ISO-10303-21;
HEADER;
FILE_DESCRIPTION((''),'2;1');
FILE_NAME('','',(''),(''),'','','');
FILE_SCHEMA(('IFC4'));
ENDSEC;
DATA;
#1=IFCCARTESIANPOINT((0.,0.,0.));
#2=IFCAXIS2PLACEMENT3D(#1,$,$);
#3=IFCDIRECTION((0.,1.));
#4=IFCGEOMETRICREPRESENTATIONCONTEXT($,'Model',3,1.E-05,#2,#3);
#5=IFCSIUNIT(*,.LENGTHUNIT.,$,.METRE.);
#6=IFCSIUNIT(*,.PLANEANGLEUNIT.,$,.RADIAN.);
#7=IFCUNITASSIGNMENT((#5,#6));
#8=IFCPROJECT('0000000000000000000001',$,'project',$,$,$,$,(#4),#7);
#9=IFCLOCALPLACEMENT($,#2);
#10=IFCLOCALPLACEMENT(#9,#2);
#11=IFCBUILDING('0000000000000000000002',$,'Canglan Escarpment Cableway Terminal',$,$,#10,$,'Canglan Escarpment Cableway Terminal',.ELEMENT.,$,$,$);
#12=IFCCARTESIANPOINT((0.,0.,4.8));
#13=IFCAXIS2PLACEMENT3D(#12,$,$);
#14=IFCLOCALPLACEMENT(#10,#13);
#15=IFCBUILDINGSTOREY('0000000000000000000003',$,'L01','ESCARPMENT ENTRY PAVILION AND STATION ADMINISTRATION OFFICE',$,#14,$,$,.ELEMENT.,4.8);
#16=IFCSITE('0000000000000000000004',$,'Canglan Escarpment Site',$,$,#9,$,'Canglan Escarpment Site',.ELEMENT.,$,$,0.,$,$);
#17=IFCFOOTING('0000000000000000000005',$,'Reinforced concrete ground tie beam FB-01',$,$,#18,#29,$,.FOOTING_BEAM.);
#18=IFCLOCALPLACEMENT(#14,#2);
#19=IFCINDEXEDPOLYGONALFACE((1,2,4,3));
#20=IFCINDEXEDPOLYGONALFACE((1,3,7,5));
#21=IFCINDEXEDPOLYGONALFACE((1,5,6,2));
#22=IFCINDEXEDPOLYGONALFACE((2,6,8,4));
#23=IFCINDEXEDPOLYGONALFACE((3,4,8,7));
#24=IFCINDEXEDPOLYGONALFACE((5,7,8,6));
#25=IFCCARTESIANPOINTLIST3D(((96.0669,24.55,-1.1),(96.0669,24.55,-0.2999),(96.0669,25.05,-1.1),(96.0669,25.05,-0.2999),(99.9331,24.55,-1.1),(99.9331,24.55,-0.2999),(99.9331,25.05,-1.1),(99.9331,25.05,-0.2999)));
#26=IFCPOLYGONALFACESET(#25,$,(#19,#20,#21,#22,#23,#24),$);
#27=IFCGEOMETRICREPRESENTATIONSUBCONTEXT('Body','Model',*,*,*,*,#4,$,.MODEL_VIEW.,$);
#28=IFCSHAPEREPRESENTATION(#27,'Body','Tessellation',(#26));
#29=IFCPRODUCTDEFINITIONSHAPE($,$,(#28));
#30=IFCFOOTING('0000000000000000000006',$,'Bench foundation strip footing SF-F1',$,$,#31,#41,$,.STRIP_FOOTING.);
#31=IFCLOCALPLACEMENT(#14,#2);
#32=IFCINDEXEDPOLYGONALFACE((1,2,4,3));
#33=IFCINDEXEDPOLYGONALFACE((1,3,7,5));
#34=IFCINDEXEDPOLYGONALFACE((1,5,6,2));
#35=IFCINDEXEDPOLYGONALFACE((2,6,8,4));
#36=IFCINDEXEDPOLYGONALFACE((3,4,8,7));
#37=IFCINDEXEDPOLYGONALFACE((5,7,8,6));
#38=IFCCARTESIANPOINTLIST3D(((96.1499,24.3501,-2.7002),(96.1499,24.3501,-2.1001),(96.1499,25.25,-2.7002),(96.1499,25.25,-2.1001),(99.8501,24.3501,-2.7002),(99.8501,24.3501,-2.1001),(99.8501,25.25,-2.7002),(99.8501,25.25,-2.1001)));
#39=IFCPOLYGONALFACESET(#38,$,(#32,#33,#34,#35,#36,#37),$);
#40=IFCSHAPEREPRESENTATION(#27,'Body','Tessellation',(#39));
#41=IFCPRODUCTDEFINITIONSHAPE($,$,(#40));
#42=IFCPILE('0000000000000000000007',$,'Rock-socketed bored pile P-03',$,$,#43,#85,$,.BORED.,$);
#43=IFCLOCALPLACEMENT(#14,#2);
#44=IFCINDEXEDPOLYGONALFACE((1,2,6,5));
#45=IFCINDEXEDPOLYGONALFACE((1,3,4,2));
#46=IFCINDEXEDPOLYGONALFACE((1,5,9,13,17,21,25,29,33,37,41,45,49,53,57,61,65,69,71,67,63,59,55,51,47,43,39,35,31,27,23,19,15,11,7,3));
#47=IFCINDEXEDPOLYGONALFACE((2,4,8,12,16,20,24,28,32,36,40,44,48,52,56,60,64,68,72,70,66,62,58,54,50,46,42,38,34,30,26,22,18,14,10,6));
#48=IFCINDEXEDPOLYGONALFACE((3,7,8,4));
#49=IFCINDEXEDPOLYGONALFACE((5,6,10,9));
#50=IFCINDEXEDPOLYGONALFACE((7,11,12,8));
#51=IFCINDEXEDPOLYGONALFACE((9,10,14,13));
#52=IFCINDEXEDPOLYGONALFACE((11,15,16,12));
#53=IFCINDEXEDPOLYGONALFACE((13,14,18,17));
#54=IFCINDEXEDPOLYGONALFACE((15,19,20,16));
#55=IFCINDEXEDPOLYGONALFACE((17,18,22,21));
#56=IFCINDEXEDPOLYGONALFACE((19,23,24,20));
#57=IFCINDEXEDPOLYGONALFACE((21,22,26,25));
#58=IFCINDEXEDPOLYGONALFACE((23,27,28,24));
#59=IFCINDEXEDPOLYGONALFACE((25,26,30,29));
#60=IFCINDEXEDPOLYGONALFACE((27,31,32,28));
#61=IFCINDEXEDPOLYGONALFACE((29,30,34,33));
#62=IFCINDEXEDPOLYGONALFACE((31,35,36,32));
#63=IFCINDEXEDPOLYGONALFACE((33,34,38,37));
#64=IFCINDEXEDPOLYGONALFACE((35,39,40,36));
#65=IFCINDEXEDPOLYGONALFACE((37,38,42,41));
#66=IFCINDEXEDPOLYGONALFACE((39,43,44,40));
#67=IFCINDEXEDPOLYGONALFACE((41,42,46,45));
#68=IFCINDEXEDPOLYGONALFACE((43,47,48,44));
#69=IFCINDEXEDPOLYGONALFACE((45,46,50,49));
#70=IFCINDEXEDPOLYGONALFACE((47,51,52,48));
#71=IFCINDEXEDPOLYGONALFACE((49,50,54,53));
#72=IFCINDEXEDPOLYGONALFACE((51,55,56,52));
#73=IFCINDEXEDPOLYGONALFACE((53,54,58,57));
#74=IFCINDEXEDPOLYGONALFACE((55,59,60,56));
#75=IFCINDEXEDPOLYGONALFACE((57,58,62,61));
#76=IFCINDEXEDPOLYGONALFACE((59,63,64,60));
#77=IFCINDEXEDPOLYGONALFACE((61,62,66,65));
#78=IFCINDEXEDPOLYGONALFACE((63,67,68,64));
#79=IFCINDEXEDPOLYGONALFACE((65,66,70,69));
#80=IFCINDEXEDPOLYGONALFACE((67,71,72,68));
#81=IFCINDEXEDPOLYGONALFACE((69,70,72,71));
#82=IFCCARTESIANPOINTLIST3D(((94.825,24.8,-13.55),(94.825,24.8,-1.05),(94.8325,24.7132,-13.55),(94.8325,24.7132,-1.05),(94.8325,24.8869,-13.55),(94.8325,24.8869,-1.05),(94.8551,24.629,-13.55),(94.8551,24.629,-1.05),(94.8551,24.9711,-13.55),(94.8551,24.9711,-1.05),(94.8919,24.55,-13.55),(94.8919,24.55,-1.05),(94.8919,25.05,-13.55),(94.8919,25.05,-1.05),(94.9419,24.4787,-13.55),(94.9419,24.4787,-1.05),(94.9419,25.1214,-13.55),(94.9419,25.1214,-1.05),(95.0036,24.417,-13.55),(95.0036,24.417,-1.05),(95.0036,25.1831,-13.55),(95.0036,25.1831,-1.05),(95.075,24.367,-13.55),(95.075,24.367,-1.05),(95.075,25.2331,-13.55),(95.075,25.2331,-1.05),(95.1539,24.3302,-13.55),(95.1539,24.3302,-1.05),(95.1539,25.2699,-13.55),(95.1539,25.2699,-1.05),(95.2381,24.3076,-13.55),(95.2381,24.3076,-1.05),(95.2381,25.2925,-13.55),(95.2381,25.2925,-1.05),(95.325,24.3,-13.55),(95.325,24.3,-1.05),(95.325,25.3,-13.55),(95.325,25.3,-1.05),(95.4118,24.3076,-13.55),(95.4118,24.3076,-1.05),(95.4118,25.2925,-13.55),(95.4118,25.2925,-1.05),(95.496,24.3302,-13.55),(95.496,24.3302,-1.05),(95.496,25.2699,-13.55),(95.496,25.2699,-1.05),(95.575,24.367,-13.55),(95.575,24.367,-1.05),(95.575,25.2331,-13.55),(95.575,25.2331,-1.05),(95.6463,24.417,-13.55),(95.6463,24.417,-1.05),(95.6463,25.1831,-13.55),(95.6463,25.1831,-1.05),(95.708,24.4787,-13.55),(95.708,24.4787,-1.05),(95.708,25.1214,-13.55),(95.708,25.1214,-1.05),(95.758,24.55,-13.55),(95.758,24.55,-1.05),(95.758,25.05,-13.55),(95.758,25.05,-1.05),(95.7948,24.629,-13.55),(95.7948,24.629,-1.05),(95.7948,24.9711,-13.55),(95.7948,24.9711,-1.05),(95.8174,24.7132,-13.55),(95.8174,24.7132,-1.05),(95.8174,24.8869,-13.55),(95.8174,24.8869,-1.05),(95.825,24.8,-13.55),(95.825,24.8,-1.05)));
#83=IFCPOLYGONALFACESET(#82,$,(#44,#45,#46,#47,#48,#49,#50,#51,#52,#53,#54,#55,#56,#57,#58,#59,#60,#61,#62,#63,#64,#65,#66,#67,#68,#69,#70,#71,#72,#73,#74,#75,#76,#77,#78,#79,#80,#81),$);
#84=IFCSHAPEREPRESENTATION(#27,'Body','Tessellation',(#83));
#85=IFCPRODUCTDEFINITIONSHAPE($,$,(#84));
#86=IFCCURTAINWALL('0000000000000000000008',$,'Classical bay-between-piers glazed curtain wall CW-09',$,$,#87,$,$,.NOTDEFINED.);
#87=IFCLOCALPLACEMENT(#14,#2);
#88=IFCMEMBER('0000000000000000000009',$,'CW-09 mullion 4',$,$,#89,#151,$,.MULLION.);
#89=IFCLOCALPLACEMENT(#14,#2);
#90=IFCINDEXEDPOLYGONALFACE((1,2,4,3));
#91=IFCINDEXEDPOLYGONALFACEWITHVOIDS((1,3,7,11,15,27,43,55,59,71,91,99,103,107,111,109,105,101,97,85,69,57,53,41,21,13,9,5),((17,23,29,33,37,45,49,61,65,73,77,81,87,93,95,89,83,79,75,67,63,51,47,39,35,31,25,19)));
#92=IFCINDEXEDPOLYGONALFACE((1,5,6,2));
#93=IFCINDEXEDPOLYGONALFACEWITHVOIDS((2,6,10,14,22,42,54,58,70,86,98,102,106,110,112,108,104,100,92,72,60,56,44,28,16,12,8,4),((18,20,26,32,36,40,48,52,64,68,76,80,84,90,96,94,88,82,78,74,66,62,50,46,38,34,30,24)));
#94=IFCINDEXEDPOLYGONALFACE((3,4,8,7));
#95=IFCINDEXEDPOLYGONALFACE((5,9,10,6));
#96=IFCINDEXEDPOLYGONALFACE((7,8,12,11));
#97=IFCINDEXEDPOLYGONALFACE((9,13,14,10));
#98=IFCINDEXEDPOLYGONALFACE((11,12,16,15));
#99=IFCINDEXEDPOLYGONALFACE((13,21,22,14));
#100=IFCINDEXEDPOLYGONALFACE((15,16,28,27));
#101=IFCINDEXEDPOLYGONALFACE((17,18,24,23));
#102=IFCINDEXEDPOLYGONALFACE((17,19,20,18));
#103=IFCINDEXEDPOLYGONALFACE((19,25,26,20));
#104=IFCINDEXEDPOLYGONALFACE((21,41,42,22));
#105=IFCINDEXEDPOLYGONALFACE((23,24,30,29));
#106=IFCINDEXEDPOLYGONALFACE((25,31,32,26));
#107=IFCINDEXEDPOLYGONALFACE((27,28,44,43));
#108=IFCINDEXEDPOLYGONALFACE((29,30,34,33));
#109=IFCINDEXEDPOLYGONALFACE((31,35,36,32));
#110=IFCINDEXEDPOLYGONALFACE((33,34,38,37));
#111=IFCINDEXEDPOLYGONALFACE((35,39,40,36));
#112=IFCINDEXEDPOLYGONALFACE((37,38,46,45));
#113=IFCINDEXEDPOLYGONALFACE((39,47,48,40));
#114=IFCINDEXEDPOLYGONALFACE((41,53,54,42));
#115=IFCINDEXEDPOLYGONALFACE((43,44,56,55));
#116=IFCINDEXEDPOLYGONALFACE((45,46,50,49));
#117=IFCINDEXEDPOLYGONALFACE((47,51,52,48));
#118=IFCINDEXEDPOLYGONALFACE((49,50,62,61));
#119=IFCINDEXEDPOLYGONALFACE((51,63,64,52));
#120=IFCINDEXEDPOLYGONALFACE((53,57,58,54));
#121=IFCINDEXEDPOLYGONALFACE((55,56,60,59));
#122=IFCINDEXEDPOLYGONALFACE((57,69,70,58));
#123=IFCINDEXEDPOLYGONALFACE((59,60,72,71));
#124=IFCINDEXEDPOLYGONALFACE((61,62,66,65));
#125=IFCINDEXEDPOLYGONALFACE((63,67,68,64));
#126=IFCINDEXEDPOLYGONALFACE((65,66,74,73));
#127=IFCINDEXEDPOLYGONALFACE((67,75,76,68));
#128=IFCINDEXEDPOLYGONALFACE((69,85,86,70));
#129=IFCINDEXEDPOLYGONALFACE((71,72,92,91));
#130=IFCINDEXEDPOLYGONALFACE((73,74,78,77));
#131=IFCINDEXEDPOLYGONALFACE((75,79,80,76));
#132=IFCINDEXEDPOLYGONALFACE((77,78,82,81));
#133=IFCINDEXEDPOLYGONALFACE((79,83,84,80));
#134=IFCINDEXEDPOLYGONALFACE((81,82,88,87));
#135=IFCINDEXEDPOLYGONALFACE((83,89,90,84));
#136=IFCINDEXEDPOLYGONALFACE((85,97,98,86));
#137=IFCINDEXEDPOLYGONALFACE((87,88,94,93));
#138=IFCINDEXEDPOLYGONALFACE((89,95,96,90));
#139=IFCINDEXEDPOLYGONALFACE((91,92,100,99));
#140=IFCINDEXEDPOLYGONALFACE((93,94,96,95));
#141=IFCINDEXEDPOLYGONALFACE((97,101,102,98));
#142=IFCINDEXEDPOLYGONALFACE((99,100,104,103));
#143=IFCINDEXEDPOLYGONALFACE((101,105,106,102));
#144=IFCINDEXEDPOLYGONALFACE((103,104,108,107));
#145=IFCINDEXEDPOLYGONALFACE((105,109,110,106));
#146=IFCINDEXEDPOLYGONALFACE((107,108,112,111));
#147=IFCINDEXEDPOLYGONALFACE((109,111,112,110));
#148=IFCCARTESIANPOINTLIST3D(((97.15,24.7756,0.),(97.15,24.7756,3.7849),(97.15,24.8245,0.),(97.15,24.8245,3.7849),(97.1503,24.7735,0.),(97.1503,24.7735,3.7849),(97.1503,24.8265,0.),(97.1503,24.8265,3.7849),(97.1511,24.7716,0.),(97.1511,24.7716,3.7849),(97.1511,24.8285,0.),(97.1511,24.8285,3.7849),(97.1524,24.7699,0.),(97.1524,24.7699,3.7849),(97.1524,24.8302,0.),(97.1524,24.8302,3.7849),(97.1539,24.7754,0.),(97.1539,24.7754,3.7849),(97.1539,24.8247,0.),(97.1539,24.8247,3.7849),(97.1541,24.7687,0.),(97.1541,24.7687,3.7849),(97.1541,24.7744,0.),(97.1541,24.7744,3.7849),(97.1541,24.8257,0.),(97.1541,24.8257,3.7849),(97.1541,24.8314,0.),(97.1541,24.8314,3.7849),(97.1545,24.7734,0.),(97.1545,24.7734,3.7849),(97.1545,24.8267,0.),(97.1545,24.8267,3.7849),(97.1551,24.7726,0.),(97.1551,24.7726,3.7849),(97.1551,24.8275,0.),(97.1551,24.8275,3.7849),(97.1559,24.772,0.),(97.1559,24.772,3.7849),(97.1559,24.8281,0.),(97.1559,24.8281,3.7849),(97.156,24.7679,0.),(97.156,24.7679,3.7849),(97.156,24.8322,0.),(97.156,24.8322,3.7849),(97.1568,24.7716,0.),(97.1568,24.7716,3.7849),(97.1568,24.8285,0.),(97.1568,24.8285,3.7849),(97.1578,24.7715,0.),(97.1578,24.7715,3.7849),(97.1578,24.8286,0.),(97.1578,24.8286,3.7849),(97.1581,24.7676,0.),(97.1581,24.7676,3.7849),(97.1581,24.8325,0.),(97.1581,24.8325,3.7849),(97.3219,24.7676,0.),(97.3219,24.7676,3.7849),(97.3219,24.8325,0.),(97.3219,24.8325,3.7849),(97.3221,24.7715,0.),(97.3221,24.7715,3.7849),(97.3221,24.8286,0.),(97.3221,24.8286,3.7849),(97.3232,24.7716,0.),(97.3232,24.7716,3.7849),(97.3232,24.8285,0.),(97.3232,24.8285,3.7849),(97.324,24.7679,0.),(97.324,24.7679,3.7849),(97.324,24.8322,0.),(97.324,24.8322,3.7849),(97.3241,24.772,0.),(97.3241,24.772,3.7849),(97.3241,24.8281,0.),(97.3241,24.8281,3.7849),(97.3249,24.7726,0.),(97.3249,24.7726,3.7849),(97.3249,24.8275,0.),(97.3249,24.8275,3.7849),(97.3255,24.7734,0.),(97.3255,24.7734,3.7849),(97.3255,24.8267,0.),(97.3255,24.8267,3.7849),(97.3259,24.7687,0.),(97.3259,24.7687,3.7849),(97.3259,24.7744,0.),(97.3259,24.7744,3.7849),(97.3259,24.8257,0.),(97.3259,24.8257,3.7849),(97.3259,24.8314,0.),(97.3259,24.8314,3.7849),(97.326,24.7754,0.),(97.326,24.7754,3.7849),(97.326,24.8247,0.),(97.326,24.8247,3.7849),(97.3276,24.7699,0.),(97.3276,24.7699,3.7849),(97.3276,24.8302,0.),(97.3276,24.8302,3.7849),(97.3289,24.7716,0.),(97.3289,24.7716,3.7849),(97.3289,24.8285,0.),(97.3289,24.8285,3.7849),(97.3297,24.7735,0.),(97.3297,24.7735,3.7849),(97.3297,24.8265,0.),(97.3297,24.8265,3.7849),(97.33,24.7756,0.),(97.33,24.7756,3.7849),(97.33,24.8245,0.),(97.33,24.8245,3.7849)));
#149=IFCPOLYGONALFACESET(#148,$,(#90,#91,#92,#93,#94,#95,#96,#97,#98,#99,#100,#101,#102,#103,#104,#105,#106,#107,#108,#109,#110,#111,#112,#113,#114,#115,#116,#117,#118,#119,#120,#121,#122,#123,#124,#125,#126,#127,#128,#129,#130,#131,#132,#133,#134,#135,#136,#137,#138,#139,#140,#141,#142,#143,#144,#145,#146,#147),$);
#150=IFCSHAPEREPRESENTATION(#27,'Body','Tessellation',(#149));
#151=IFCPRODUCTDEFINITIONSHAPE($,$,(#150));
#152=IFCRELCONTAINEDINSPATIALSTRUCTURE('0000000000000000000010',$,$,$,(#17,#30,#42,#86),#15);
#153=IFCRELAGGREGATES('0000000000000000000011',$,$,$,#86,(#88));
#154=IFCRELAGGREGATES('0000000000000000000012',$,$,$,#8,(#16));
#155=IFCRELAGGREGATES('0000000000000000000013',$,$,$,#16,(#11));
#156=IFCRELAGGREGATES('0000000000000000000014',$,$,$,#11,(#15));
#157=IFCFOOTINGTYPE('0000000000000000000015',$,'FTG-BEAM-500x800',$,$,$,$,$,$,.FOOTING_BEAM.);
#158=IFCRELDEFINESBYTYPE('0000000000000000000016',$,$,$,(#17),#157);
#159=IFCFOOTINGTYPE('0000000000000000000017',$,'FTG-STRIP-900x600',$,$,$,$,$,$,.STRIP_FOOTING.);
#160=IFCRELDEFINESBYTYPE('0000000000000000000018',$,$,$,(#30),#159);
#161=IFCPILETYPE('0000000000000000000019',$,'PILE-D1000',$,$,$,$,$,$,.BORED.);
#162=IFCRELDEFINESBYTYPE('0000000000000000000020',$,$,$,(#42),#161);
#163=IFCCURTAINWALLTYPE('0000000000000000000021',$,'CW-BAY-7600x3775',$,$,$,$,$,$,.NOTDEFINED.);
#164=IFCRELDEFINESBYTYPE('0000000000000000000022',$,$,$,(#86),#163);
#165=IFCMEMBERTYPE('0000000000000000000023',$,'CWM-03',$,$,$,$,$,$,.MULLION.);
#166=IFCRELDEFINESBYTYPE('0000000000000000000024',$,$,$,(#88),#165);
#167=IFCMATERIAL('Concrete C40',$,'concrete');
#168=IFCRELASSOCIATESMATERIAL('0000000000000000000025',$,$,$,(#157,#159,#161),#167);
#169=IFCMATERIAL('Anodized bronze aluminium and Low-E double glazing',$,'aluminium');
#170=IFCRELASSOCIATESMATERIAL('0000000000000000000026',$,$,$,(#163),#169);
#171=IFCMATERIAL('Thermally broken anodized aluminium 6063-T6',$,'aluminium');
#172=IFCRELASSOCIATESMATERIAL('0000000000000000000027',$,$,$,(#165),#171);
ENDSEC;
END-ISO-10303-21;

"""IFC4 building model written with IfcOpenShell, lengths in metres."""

from ifc_helpers import new_model, si_unit, direction, frame, origin, origin_2d, place, context, subcontext, project, spatial, rectangle, hollow_rectangle, circle, extrude, material, material_profile, profile_set, type_object, element, aggregate, save


model = new_model("IFC4")

# Units and contexts
model_context = context("Model", 3, precision=1e-05, world=origin(), true_north=direction((0.0, 1.0)))
body_context = subcontext(model_context, "Body", "Model", "MODEL_VIEW")
ifc_project = project(units=[si_unit("LENGTHUNIT", "METRE"), si_unit("PLANEANGLEUNIT", "RADIAN")], contexts=[model_context])

# Site, building, storey
site_placement = place(None, origin())
site = spatial("IfcSite", under=ifc_project, at=site_placement, Name="Canglan Escarpment Site", LongName="Canglan Escarpment Site", CompositionType="ELEMENT", RefElevation=0.0)
building_placement = place(site_placement, origin())
building = spatial("IfcBuilding", under=site, at=building_placement, Name="Canglan Escarpment Cableway Terminal", LongName="Canglan Escarpment Cableway Terminal", CompositionType="ELEMENT")
storey_placement = place(building_placement, frame((0.0, 0.0, 4.8)))
storey = spatial("IfcBuildingStorey", under=building, at=storey_placement, Name="L01", Description="ESCARPMENT ENTRY PAVILION AND STATION ADMINISTRATION OFFICE", CompositionType="ELEMENT", Elevation=4.8)

# Footings
ifc_material_1 = material(Name="Concrete C40", Category="concrete")
ifc_material_profile_1 = material_profile(ifc_material_1, rectangle(XDim=0.5, YDim=0.8, at=origin_2d()), Name="FB 500x800")
ifc_profile_set_1 = profile_set([ifc_material_profile_1], Name="Concrete C40")
footing_type_1 = type_object("IfcFootingType", Name="FTG-BEAM-500x800", PredefinedType="FOOTING_BEAM", material=ifc_profile_set_1)
footing_1_placement = place(storey_placement, frame((96.0669, 24.8, -0.7), z_axis=(1.0, 0.0, 0.0), x_axis=(0.0, 1.0, 0.0)))
element("IfcFooting", 1, at=footing_1_placement, inside=storey, type_object=footing_type_1, Name="Reinforced concrete ground tie beam FB-01", PredefinedType="FOOTING_BEAM", context=body_context, shape_type="SweptSolid", body=[
    extrude(rectangle(XDim=0.5, YDim=0.8, at=origin_2d()), origin(), (0.0, 0.0, 1.0), 3.8662),
])
ifc_material_profile_2 = material_profile(ifc_material_1, rectangle(XDim=0.8999, YDim=0.6001, at=origin_2d()), Name="SF 900x600")
ifc_profile_set_2 = profile_set([ifc_material_profile_2], Name="Concrete C40")
footing_type_2 = type_object("IfcFootingType", Name="FTG-STRIP-900x600", PredefinedType="STRIP_FOOTING", material=ifc_profile_set_2)
footing_2_placement = place(storey_placement, frame((96.1499, 24.8, -2.4001), z_axis=(1.0, 0.0, 0.0), x_axis=(0.0, 1.0, 0.0)))
element("IfcFooting", 2, at=footing_2_placement, inside=storey, type_object=footing_type_2, Name="Bench foundation strip footing SF-F1", PredefinedType="STRIP_FOOTING", context=body_context, shape_type="SweptSolid", body=[
    extrude(rectangle(XDim=0.8999, YDim=0.6001, at=origin_2d()), origin(), (0.0, 0.0, 1.0), 3.7002),
])

# Pile
ifc_material_profile_3 = material_profile(ifc_material_1, circle(Radius=0.5, at=origin_2d()), Name="BORED PILE D1000")
ifc_profile_set_3 = profile_set([ifc_material_profile_3], Name="Concrete C40")
pile_type = type_object("IfcPileType", Name="PILE-D1000", PredefinedType="BORED", material=ifc_profile_set_3)
pile_placement = place(storey_placement, frame((95.325, 24.8, -1.05), z_axis=(0.0, 0.0, -1.0), x_axis=(1.0, 0.0, 0.0)))
element("IfcPile", 3, at=pile_placement, inside=storey, type_object=pile_type, Name="Rock-socketed bored pile P-03", PredefinedType="BORED", context=body_context, shape_type="SweptSolid", body=[
    extrude(circle(Radius=0.5, at=origin_2d()), origin(), (0.0, 0.0, 1.0), 12.5),
])

# Curtain wall, member
ifc_material_2 = material(Name="Anodized bronze aluminium and Low-E double glazing", Category="aluminium")
curtain_wall_type = type_object("IfcCurtainWallType", Name="CW-BAY-7600x3775", PredefinedType="NOTDEFINED", material=ifc_material_2)
curtain_wall_placement = place(storey_placement, origin())
curtain_wall = element("IfcCurtainWall", 4, at=curtain_wall_placement, inside=storey, type_object=curtain_wall_type, Name="Classical bay-between-piers glazed curtain wall CW-09", PredefinedType="NOTDEFINED")
ifc_material_3 = material(Name="Thermally broken anodized aluminium 6063-T6", Category="aluminium")
ifc_material_profile_4 = material_profile(ifc_material_3, hollow_rectangle(XDim=0.0649, YDim=0.1799, WallThickness=0.0039, InnerFilletRadius=0.0039, OuterFilletRadius=0.0081, at=origin_2d()), Name="ALU-MULL 65x180x4")
ifc_profile_set_4 = profile_set([ifc_material_profile_4], Name="Thermally broken anodized aluminium 6063-T6")
member_type_1 = type_object("IfcMemberType", Name="CWM-03", PredefinedType="MULLION", material=ifc_profile_set_4)
member_1_placement = place(storey_placement, frame((97.24, 24.8, 0.0), z_axis=(0.0, 0.0, 1.0), x_axis=(0.0, -1.0, 0.0)))
member_1 = element("IfcMember", 5, at=member_1_placement, type_object=member_type_1, Name="CW-09 mullion 4", PredefinedType="MULLION", context=body_context, shape_type="SweptSolid", body=[
    extrude(hollow_rectangle(XDim=0.0649, YDim=0.1799, WallThickness=0.0039, InnerFilletRadius=0.0039, OuterFilletRadius=0.0081, at=origin_2d()), origin(), (0.0, 0.0, 1.0), 3.7849),
])
aggregate(curtain_wall, [member_1])

save(model, "model.ifc")
